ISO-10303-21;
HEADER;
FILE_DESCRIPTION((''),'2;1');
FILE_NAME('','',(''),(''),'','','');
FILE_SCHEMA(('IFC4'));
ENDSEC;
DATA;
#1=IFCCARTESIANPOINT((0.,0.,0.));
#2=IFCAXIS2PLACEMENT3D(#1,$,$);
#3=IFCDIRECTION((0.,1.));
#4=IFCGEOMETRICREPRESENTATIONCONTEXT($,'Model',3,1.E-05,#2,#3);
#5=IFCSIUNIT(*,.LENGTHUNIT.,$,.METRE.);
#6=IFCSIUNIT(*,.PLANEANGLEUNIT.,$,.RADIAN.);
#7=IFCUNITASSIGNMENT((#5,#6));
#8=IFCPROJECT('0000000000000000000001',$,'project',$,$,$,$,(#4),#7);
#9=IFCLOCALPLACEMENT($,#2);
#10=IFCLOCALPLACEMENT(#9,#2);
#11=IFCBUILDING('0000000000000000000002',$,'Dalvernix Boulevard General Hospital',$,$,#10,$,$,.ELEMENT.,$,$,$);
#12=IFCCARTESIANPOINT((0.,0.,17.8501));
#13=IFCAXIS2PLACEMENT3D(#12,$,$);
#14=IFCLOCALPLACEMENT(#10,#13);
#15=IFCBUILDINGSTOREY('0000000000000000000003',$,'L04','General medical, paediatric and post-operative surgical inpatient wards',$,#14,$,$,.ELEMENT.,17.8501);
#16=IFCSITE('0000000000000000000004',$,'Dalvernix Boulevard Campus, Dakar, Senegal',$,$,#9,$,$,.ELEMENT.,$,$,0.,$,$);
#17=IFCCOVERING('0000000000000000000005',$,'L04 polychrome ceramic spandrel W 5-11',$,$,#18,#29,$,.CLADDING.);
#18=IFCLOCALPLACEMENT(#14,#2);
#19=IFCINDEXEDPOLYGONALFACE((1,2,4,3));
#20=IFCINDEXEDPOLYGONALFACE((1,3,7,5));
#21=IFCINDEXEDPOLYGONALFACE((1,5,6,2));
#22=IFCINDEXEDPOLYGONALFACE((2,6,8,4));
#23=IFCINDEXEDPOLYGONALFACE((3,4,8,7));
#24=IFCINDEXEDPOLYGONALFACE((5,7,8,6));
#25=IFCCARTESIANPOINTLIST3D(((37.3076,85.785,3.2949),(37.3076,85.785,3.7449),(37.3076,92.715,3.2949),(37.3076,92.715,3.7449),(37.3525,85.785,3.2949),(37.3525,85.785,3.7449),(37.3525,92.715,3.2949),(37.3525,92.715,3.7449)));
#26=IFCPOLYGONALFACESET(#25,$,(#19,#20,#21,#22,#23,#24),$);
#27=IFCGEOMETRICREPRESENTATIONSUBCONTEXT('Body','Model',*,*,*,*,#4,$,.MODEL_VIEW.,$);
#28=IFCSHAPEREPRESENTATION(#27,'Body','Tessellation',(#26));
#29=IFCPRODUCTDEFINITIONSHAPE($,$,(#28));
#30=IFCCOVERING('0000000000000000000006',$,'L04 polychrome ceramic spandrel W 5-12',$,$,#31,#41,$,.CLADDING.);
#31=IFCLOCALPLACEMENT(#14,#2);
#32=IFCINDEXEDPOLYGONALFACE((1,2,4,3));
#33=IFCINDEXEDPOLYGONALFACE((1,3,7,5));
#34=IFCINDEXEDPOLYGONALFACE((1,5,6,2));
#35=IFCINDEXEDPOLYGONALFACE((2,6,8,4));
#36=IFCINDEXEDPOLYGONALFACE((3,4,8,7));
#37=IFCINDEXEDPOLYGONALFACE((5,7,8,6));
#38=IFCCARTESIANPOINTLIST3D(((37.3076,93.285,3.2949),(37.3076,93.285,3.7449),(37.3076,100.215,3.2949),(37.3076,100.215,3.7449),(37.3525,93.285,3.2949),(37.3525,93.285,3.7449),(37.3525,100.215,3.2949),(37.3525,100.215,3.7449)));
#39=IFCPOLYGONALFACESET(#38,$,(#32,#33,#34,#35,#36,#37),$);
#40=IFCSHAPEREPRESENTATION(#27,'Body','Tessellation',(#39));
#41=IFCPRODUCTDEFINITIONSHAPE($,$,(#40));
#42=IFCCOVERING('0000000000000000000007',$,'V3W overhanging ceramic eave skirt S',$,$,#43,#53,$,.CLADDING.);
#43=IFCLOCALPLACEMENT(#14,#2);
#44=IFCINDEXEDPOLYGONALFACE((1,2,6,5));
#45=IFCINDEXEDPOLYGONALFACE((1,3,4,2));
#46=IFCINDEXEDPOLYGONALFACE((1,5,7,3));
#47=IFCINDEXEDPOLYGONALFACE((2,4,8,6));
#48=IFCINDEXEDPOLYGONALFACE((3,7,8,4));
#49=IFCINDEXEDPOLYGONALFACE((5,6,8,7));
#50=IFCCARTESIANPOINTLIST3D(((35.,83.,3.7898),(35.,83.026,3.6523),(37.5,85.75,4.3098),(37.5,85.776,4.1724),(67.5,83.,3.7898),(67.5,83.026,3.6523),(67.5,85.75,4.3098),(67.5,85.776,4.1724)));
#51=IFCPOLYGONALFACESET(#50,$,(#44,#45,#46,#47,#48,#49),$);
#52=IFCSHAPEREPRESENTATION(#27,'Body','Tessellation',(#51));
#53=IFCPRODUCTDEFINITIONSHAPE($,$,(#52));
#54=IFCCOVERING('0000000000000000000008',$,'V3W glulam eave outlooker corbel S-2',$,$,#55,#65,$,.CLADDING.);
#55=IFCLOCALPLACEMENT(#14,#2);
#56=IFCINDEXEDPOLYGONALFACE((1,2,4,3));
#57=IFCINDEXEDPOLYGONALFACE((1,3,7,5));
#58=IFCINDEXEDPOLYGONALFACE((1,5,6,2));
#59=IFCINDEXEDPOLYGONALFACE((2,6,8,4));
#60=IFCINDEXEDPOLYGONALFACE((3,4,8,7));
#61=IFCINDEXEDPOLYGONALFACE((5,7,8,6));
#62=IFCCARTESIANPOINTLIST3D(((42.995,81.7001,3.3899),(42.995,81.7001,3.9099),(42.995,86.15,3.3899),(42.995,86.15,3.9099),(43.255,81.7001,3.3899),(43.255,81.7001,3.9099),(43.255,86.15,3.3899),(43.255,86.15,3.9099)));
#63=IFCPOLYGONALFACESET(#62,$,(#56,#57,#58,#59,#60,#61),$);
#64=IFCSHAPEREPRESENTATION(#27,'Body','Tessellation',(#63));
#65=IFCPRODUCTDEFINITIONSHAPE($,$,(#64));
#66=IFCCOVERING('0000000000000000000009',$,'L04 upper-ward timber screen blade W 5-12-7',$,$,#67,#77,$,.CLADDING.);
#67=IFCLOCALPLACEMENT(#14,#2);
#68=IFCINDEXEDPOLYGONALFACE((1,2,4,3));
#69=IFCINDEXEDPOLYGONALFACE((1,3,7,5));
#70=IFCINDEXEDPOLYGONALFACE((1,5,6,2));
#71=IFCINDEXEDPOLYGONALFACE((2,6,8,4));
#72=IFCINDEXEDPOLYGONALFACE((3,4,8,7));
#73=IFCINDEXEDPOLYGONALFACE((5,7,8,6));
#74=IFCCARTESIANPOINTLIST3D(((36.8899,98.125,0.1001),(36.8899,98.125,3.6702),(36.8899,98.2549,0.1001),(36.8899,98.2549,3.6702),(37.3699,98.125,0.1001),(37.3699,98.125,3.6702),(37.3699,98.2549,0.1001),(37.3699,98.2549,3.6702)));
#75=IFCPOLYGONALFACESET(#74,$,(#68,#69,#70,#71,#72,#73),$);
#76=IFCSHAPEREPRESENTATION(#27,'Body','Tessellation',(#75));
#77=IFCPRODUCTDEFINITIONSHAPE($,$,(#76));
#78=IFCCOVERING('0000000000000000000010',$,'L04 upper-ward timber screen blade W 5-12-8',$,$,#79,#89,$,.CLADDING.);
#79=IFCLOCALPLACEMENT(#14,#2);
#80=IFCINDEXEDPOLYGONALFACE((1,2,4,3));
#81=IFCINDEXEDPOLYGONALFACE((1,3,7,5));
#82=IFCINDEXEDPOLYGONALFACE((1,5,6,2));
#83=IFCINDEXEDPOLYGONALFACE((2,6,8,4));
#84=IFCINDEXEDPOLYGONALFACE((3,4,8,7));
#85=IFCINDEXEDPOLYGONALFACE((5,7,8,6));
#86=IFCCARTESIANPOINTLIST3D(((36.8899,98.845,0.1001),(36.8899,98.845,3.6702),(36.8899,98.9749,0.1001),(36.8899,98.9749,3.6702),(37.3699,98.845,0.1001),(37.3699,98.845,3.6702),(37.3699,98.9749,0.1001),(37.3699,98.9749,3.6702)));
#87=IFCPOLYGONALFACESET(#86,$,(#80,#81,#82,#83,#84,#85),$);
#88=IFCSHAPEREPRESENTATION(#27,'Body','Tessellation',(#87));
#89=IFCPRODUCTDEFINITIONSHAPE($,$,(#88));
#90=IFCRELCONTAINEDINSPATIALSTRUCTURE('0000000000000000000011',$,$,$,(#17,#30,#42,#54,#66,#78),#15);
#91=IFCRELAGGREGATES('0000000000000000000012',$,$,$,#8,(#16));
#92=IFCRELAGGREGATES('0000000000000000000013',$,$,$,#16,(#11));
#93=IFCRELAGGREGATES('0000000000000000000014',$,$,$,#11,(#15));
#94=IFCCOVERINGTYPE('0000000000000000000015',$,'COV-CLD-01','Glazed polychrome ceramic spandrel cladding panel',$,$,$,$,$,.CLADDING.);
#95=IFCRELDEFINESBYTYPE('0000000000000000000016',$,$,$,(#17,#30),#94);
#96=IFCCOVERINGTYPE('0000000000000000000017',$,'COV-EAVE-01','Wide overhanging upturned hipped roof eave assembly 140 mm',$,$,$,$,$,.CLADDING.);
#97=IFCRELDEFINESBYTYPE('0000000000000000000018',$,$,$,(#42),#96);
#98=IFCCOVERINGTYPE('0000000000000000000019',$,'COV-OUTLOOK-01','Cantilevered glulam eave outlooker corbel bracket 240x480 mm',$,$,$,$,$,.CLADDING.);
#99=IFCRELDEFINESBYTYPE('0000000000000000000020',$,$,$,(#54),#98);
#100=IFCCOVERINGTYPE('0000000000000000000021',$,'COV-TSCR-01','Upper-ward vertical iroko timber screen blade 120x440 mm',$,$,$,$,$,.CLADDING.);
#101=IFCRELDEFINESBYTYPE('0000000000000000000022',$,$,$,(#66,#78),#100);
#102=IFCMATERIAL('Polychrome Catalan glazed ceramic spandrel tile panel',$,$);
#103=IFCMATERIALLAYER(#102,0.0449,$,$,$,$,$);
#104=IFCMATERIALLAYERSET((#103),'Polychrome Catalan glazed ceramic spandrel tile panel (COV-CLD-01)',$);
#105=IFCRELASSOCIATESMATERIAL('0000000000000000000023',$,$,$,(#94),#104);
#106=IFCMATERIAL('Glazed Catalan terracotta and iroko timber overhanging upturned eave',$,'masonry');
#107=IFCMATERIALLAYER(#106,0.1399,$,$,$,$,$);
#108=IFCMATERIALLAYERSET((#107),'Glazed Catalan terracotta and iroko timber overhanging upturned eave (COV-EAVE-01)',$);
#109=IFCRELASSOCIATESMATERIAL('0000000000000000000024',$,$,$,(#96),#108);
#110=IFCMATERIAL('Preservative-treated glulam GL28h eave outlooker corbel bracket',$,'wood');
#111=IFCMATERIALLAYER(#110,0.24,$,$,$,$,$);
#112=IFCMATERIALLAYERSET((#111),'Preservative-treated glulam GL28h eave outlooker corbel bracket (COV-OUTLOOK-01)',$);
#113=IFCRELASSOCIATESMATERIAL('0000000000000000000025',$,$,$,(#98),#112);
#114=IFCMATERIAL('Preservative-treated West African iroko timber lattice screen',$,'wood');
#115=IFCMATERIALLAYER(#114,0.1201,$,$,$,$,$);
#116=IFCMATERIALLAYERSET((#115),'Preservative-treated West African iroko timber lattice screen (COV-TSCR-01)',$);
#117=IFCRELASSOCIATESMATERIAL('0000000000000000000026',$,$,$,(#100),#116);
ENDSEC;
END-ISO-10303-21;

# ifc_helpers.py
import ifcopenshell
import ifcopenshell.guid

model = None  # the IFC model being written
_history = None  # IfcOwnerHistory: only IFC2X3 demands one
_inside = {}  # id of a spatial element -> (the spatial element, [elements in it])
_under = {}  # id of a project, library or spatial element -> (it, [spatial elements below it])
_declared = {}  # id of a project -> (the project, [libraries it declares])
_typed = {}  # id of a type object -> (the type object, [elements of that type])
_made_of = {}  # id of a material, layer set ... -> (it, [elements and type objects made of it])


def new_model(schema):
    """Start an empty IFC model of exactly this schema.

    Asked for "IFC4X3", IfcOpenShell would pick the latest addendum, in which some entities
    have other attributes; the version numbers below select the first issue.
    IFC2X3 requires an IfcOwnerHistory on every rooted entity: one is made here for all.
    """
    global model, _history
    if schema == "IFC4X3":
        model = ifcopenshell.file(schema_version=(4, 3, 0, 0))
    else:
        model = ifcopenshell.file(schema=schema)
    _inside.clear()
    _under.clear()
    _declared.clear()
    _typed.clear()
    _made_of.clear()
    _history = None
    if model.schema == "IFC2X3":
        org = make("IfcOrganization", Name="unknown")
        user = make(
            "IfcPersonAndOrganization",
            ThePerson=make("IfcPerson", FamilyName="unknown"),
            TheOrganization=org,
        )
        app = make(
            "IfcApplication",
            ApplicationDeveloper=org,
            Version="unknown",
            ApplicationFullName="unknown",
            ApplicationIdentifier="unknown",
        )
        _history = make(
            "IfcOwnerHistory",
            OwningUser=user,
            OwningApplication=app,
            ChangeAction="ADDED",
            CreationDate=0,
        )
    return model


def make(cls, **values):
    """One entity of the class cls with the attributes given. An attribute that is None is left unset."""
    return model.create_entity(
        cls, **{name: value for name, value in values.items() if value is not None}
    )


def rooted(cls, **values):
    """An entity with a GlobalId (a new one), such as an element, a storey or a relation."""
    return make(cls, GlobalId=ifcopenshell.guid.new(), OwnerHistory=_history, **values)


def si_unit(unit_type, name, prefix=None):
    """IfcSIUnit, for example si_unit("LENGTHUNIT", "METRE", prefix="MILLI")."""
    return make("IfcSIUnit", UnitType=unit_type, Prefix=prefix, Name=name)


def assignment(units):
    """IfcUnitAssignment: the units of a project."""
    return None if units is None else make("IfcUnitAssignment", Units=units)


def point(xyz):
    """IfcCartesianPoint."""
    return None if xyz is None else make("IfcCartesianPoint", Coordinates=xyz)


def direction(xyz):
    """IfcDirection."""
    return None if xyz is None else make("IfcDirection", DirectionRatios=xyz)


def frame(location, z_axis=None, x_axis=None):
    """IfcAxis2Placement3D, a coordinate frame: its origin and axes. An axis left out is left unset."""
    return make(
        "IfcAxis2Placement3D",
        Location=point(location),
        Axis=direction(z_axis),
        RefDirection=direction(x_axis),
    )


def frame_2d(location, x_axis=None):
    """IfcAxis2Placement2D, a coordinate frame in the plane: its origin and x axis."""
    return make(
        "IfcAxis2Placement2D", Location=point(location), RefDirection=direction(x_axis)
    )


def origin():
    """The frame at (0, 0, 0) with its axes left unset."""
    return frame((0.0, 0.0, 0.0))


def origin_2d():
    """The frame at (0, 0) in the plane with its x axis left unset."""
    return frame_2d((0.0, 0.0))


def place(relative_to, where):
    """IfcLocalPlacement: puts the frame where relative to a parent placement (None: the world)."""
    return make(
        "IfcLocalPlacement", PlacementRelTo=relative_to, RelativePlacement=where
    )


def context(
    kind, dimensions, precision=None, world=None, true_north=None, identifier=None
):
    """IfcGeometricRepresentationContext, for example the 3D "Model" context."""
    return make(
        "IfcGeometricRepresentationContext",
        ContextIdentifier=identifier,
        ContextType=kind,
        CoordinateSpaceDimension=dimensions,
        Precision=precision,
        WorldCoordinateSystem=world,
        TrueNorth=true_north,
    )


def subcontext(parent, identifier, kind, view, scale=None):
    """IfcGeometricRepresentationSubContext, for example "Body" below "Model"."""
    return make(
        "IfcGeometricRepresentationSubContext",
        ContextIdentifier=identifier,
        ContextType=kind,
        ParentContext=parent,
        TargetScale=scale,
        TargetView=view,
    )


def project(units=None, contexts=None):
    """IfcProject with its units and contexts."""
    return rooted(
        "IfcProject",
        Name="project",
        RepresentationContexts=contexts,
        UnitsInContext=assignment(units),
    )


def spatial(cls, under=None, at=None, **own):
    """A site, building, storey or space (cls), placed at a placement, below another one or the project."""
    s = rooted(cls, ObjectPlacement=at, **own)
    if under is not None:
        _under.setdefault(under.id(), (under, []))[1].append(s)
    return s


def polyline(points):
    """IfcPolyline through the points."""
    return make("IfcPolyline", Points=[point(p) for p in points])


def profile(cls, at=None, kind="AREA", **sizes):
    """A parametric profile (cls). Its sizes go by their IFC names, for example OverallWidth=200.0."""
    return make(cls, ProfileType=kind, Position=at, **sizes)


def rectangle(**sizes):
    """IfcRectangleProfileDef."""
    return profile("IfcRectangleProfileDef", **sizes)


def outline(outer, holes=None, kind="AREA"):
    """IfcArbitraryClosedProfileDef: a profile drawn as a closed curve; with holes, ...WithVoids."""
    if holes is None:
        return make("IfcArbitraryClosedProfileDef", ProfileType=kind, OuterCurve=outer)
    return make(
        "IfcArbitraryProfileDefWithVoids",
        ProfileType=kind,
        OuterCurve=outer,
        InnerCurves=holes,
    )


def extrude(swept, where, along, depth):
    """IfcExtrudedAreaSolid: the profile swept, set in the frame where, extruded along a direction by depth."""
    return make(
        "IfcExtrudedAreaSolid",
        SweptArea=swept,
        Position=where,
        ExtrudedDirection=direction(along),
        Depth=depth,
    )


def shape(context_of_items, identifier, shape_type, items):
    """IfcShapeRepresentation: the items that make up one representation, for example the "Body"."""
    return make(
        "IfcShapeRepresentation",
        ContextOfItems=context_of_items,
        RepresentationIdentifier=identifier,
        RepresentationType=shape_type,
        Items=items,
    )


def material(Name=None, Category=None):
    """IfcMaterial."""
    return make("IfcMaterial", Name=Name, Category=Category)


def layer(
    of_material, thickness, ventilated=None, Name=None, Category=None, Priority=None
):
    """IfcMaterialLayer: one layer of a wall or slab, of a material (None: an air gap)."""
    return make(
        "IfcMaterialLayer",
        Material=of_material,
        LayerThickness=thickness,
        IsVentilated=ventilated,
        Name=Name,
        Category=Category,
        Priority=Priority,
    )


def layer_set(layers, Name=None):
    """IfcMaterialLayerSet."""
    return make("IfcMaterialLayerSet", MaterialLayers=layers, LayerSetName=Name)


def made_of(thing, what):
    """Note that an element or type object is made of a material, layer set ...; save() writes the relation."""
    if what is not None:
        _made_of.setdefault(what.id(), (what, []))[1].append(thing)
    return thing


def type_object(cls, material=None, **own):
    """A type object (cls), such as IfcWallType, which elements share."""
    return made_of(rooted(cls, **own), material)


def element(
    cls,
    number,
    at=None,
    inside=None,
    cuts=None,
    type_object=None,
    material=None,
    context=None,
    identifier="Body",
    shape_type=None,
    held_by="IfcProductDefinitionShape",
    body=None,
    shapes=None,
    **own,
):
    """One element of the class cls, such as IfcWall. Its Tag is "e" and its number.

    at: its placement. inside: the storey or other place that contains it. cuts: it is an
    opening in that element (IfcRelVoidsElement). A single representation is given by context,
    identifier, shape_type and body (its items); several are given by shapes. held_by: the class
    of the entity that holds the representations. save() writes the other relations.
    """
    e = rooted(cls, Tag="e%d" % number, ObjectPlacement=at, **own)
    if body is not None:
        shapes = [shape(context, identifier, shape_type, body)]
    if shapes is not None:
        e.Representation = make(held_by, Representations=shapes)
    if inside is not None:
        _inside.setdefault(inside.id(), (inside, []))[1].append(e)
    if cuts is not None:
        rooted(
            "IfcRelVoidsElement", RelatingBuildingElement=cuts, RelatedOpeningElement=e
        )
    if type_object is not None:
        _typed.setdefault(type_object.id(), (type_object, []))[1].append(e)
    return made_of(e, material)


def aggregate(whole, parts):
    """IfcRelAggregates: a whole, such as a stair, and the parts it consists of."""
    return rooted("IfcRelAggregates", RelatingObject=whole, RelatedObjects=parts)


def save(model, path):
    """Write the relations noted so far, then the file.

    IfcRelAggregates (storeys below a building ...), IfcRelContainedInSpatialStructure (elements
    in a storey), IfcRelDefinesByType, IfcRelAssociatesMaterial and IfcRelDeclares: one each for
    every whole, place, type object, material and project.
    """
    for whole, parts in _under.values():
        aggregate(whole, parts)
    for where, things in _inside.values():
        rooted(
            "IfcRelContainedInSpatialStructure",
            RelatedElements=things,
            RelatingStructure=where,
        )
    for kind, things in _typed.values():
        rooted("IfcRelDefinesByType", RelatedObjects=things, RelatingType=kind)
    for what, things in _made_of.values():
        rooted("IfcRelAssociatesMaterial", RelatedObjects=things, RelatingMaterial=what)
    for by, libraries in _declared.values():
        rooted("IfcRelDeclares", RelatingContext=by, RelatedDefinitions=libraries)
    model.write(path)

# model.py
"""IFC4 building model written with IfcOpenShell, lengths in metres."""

from ifc_helpers import new_model, si_unit, direction, frame, origin, origin_2d, place, context, subcontext, project, spatial, polyline, rectangle, outline, extrude, material, layer, layer_set, type_object, element, save


model = new_model("IFC4")

# Units and contexts
model_context = context("Model", 3, precision=1e-05, world=origin(), true_north=direction((0.0, 1.0)))
body_context = subcontext(model_context, "Body", "Model", "MODEL_VIEW")
ifc_project = project(units=[si_unit("LENGTHUNIT", "METRE"), si_unit("PLANEANGLEUNIT", "RADIAN")], contexts=[model_context])

# Site, building, storey
site_placement = place(None, origin())
site = spatial("IfcSite", under=ifc_project, at=site_placement, Name="Dalvernix Boulevard Campus, Dakar, Senegal", CompositionType="ELEMENT", RefElevation=0.0)
building_placement = place(site_placement, origin())
building = spatial("IfcBuilding", under=site, at=building_placement, Name="Dalvernix Boulevard General Hospital", CompositionType="ELEMENT")
storey_placement = place(building_placement, frame((0.0, 0.0, 17.8501)))
storey = spatial("IfcBuildingStorey", under=building, at=storey_placement, Name="L04", Description="General medical, paediatric and post-operative surgical inpatient wards", CompositionType="ELEMENT", Elevation=17.8501)

# Coverings
ifc_material_1 = material(Name="Polychrome Catalan glazed ceramic spandrel tile panel")
ifc_layer_1 = layer(ifc_material_1, 0.0449)
ifc_layer_set_1 = layer_set([ifc_layer_1], Name="Polychrome Catalan glazed ceramic spandrel tile panel (COV-CLD-01)")
covering_type_1 = type_object("IfcCoveringType", Name="COV-CLD-01", Description="Glazed polychrome ceramic spandrel cladding panel", PredefinedType="CLADDING", material=ifc_layer_set_1)
for number, where, z_axis, x_axis, name in (
    (1, (37.3301, 89.25, 3.2949), (0.0, 0.0, 1.0), (0.0, 1.0, 0.0), "L04 polychrome ceramic spandrel W 5-11"),
    (2, (37.3301, 96.75, 3.2949), (0.0, 0.0, 1.0), (0.0, 1.0, 0.0), "L04 polychrome ceramic spandrel W 5-12"),
):
    element("IfcCovering", number, at=place(storey_placement, frame(where, z_axis=z_axis, x_axis=x_axis)), inside=storey, type_object=covering_type_1, Name=name, PredefinedType="CLADDING", context=body_context, shape_type="SweptSolid", body=[
        extrude(rectangle(XDim=6.9299, YDim=0.0449, at=origin_2d()), origin(), (0.0, 0.0, 1.0), 0.45),
    ])
ifc_material_2 = material(Name="Glazed Catalan terracotta and iroko timber overhanging upturned eave", Category="masonry")
ifc_layer_2 = layer(ifc_material_2, 0.1399)
ifc_layer_set_2 = layer_set([ifc_layer_2], Name="Glazed Catalan terracotta and iroko timber overhanging upturned eave (COV-EAVE-01)")
covering_type_2 = type_object("IfcCoveringType", Name="COV-EAVE-01", Description="Wide overhanging upturned hipped roof eave assembly 140 mm", PredefinedType="CLADDING", material=ifc_layer_set_2)
covering_1_placement = place(storey_placement, frame((37.5, 85.75, 4.3098), z_axis=(0.0, -0.185805, 0.982587), x_axis=(1.0, 0.0, 0.0)))
element("IfcCovering", 3, at=covering_1_placement, inside=storey, type_object=covering_type_2, Name="V3W overhanging ceramic eave skirt S", PredefinedType="CLADDING", context=body_context, shape_type="SweptSolid", body=[
    extrude(outline(polyline([(0.0, 0.0), (30.0, 0.0), (30.0, -2.7987), (-2.5, -2.7987), (0.0, 0.0)])), origin(), (0.0, 0.0, -1.0), 0.1399),
])
ifc_material_3 = material(Name="Preservative-treated glulam GL28h eave outlooker corbel bracket", Category="wood")
ifc_layer_3 = layer(ifc_material_3, 0.24)
ifc_layer_set_3 = layer_set([ifc_layer_3], Name="Preservative-treated glulam GL28h eave outlooker corbel bracket (COV-OUTLOOK-01)")
covering_type_3 = type_object("IfcCoveringType", Name="COV-OUTLOOK-01", Description="Cantilevered glulam eave outlooker corbel bracket 240x480 mm", PredefinedType="CLADDING", material=ifc_layer_set_3)
covering_2_placement = place(storey_placement, frame((43.125, 83.925, 3.3899), z_axis=(0.0, 0.0, 1.0), x_axis=(1.0, 0.0, 0.0)))
element("IfcCovering", 4, at=covering_2_placement, inside=storey, type_object=covering_type_3, Name="V3W glulam eave outlooker corbel S-2", PredefinedType="CLADDING", context=body_context, shape_type="SweptSolid", body=[
    extrude(rectangle(XDim=0.26, YDim=4.45, at=origin_2d()), origin(), (0.0, 0.0, 1.0), 0.52),
])
ifc_material_4 = material(Name="Preservative-treated West African iroko timber lattice screen", Category="wood")
ifc_layer_4 = layer(ifc_material_4, 0.1201)
ifc_layer_set_4 = layer_set([ifc_layer_4], Name="Preservative-treated West African iroko timber lattice screen (COV-TSCR-01)")
covering_type_4 = type_object("IfcCoveringType", Name="COV-TSCR-01", Description="Upper-ward vertical iroko timber screen blade 120x440 mm", PredefinedType="CLADDING", material=ifc_layer_set_4)
for number, where, z_axis, x_axis, name in (
    (5, (37.1299, 98.1899, 0.1001), (0.0, 0.0, 1.0), (0.0, 1.0, 0.0), "L04 upper-ward timber screen blade W 5-12-7"),
    (6, (37.1299, 98.9099, 0.1001), (0.0, 0.0, 1.0), (0.0, 1.0, 0.0), "L04 upper-ward timber screen blade W 5-12-8"),
):
    element("IfcCovering", number, at=place(storey_placement, frame(where, z_axis=z_axis, x_axis=x_axis)), inside=storey, type_object=covering_type_4, Name=name, PredefinedType="CLADDING", context=body_context, shape_type="SweptSolid", body=[
        extrude(rectangle(XDim=0.1299, YDim=0.48, at=origin_2d()), origin(), (0.0, 0.0, 1.0), 3.5701),
    ])

save(model, "model.ifc")
